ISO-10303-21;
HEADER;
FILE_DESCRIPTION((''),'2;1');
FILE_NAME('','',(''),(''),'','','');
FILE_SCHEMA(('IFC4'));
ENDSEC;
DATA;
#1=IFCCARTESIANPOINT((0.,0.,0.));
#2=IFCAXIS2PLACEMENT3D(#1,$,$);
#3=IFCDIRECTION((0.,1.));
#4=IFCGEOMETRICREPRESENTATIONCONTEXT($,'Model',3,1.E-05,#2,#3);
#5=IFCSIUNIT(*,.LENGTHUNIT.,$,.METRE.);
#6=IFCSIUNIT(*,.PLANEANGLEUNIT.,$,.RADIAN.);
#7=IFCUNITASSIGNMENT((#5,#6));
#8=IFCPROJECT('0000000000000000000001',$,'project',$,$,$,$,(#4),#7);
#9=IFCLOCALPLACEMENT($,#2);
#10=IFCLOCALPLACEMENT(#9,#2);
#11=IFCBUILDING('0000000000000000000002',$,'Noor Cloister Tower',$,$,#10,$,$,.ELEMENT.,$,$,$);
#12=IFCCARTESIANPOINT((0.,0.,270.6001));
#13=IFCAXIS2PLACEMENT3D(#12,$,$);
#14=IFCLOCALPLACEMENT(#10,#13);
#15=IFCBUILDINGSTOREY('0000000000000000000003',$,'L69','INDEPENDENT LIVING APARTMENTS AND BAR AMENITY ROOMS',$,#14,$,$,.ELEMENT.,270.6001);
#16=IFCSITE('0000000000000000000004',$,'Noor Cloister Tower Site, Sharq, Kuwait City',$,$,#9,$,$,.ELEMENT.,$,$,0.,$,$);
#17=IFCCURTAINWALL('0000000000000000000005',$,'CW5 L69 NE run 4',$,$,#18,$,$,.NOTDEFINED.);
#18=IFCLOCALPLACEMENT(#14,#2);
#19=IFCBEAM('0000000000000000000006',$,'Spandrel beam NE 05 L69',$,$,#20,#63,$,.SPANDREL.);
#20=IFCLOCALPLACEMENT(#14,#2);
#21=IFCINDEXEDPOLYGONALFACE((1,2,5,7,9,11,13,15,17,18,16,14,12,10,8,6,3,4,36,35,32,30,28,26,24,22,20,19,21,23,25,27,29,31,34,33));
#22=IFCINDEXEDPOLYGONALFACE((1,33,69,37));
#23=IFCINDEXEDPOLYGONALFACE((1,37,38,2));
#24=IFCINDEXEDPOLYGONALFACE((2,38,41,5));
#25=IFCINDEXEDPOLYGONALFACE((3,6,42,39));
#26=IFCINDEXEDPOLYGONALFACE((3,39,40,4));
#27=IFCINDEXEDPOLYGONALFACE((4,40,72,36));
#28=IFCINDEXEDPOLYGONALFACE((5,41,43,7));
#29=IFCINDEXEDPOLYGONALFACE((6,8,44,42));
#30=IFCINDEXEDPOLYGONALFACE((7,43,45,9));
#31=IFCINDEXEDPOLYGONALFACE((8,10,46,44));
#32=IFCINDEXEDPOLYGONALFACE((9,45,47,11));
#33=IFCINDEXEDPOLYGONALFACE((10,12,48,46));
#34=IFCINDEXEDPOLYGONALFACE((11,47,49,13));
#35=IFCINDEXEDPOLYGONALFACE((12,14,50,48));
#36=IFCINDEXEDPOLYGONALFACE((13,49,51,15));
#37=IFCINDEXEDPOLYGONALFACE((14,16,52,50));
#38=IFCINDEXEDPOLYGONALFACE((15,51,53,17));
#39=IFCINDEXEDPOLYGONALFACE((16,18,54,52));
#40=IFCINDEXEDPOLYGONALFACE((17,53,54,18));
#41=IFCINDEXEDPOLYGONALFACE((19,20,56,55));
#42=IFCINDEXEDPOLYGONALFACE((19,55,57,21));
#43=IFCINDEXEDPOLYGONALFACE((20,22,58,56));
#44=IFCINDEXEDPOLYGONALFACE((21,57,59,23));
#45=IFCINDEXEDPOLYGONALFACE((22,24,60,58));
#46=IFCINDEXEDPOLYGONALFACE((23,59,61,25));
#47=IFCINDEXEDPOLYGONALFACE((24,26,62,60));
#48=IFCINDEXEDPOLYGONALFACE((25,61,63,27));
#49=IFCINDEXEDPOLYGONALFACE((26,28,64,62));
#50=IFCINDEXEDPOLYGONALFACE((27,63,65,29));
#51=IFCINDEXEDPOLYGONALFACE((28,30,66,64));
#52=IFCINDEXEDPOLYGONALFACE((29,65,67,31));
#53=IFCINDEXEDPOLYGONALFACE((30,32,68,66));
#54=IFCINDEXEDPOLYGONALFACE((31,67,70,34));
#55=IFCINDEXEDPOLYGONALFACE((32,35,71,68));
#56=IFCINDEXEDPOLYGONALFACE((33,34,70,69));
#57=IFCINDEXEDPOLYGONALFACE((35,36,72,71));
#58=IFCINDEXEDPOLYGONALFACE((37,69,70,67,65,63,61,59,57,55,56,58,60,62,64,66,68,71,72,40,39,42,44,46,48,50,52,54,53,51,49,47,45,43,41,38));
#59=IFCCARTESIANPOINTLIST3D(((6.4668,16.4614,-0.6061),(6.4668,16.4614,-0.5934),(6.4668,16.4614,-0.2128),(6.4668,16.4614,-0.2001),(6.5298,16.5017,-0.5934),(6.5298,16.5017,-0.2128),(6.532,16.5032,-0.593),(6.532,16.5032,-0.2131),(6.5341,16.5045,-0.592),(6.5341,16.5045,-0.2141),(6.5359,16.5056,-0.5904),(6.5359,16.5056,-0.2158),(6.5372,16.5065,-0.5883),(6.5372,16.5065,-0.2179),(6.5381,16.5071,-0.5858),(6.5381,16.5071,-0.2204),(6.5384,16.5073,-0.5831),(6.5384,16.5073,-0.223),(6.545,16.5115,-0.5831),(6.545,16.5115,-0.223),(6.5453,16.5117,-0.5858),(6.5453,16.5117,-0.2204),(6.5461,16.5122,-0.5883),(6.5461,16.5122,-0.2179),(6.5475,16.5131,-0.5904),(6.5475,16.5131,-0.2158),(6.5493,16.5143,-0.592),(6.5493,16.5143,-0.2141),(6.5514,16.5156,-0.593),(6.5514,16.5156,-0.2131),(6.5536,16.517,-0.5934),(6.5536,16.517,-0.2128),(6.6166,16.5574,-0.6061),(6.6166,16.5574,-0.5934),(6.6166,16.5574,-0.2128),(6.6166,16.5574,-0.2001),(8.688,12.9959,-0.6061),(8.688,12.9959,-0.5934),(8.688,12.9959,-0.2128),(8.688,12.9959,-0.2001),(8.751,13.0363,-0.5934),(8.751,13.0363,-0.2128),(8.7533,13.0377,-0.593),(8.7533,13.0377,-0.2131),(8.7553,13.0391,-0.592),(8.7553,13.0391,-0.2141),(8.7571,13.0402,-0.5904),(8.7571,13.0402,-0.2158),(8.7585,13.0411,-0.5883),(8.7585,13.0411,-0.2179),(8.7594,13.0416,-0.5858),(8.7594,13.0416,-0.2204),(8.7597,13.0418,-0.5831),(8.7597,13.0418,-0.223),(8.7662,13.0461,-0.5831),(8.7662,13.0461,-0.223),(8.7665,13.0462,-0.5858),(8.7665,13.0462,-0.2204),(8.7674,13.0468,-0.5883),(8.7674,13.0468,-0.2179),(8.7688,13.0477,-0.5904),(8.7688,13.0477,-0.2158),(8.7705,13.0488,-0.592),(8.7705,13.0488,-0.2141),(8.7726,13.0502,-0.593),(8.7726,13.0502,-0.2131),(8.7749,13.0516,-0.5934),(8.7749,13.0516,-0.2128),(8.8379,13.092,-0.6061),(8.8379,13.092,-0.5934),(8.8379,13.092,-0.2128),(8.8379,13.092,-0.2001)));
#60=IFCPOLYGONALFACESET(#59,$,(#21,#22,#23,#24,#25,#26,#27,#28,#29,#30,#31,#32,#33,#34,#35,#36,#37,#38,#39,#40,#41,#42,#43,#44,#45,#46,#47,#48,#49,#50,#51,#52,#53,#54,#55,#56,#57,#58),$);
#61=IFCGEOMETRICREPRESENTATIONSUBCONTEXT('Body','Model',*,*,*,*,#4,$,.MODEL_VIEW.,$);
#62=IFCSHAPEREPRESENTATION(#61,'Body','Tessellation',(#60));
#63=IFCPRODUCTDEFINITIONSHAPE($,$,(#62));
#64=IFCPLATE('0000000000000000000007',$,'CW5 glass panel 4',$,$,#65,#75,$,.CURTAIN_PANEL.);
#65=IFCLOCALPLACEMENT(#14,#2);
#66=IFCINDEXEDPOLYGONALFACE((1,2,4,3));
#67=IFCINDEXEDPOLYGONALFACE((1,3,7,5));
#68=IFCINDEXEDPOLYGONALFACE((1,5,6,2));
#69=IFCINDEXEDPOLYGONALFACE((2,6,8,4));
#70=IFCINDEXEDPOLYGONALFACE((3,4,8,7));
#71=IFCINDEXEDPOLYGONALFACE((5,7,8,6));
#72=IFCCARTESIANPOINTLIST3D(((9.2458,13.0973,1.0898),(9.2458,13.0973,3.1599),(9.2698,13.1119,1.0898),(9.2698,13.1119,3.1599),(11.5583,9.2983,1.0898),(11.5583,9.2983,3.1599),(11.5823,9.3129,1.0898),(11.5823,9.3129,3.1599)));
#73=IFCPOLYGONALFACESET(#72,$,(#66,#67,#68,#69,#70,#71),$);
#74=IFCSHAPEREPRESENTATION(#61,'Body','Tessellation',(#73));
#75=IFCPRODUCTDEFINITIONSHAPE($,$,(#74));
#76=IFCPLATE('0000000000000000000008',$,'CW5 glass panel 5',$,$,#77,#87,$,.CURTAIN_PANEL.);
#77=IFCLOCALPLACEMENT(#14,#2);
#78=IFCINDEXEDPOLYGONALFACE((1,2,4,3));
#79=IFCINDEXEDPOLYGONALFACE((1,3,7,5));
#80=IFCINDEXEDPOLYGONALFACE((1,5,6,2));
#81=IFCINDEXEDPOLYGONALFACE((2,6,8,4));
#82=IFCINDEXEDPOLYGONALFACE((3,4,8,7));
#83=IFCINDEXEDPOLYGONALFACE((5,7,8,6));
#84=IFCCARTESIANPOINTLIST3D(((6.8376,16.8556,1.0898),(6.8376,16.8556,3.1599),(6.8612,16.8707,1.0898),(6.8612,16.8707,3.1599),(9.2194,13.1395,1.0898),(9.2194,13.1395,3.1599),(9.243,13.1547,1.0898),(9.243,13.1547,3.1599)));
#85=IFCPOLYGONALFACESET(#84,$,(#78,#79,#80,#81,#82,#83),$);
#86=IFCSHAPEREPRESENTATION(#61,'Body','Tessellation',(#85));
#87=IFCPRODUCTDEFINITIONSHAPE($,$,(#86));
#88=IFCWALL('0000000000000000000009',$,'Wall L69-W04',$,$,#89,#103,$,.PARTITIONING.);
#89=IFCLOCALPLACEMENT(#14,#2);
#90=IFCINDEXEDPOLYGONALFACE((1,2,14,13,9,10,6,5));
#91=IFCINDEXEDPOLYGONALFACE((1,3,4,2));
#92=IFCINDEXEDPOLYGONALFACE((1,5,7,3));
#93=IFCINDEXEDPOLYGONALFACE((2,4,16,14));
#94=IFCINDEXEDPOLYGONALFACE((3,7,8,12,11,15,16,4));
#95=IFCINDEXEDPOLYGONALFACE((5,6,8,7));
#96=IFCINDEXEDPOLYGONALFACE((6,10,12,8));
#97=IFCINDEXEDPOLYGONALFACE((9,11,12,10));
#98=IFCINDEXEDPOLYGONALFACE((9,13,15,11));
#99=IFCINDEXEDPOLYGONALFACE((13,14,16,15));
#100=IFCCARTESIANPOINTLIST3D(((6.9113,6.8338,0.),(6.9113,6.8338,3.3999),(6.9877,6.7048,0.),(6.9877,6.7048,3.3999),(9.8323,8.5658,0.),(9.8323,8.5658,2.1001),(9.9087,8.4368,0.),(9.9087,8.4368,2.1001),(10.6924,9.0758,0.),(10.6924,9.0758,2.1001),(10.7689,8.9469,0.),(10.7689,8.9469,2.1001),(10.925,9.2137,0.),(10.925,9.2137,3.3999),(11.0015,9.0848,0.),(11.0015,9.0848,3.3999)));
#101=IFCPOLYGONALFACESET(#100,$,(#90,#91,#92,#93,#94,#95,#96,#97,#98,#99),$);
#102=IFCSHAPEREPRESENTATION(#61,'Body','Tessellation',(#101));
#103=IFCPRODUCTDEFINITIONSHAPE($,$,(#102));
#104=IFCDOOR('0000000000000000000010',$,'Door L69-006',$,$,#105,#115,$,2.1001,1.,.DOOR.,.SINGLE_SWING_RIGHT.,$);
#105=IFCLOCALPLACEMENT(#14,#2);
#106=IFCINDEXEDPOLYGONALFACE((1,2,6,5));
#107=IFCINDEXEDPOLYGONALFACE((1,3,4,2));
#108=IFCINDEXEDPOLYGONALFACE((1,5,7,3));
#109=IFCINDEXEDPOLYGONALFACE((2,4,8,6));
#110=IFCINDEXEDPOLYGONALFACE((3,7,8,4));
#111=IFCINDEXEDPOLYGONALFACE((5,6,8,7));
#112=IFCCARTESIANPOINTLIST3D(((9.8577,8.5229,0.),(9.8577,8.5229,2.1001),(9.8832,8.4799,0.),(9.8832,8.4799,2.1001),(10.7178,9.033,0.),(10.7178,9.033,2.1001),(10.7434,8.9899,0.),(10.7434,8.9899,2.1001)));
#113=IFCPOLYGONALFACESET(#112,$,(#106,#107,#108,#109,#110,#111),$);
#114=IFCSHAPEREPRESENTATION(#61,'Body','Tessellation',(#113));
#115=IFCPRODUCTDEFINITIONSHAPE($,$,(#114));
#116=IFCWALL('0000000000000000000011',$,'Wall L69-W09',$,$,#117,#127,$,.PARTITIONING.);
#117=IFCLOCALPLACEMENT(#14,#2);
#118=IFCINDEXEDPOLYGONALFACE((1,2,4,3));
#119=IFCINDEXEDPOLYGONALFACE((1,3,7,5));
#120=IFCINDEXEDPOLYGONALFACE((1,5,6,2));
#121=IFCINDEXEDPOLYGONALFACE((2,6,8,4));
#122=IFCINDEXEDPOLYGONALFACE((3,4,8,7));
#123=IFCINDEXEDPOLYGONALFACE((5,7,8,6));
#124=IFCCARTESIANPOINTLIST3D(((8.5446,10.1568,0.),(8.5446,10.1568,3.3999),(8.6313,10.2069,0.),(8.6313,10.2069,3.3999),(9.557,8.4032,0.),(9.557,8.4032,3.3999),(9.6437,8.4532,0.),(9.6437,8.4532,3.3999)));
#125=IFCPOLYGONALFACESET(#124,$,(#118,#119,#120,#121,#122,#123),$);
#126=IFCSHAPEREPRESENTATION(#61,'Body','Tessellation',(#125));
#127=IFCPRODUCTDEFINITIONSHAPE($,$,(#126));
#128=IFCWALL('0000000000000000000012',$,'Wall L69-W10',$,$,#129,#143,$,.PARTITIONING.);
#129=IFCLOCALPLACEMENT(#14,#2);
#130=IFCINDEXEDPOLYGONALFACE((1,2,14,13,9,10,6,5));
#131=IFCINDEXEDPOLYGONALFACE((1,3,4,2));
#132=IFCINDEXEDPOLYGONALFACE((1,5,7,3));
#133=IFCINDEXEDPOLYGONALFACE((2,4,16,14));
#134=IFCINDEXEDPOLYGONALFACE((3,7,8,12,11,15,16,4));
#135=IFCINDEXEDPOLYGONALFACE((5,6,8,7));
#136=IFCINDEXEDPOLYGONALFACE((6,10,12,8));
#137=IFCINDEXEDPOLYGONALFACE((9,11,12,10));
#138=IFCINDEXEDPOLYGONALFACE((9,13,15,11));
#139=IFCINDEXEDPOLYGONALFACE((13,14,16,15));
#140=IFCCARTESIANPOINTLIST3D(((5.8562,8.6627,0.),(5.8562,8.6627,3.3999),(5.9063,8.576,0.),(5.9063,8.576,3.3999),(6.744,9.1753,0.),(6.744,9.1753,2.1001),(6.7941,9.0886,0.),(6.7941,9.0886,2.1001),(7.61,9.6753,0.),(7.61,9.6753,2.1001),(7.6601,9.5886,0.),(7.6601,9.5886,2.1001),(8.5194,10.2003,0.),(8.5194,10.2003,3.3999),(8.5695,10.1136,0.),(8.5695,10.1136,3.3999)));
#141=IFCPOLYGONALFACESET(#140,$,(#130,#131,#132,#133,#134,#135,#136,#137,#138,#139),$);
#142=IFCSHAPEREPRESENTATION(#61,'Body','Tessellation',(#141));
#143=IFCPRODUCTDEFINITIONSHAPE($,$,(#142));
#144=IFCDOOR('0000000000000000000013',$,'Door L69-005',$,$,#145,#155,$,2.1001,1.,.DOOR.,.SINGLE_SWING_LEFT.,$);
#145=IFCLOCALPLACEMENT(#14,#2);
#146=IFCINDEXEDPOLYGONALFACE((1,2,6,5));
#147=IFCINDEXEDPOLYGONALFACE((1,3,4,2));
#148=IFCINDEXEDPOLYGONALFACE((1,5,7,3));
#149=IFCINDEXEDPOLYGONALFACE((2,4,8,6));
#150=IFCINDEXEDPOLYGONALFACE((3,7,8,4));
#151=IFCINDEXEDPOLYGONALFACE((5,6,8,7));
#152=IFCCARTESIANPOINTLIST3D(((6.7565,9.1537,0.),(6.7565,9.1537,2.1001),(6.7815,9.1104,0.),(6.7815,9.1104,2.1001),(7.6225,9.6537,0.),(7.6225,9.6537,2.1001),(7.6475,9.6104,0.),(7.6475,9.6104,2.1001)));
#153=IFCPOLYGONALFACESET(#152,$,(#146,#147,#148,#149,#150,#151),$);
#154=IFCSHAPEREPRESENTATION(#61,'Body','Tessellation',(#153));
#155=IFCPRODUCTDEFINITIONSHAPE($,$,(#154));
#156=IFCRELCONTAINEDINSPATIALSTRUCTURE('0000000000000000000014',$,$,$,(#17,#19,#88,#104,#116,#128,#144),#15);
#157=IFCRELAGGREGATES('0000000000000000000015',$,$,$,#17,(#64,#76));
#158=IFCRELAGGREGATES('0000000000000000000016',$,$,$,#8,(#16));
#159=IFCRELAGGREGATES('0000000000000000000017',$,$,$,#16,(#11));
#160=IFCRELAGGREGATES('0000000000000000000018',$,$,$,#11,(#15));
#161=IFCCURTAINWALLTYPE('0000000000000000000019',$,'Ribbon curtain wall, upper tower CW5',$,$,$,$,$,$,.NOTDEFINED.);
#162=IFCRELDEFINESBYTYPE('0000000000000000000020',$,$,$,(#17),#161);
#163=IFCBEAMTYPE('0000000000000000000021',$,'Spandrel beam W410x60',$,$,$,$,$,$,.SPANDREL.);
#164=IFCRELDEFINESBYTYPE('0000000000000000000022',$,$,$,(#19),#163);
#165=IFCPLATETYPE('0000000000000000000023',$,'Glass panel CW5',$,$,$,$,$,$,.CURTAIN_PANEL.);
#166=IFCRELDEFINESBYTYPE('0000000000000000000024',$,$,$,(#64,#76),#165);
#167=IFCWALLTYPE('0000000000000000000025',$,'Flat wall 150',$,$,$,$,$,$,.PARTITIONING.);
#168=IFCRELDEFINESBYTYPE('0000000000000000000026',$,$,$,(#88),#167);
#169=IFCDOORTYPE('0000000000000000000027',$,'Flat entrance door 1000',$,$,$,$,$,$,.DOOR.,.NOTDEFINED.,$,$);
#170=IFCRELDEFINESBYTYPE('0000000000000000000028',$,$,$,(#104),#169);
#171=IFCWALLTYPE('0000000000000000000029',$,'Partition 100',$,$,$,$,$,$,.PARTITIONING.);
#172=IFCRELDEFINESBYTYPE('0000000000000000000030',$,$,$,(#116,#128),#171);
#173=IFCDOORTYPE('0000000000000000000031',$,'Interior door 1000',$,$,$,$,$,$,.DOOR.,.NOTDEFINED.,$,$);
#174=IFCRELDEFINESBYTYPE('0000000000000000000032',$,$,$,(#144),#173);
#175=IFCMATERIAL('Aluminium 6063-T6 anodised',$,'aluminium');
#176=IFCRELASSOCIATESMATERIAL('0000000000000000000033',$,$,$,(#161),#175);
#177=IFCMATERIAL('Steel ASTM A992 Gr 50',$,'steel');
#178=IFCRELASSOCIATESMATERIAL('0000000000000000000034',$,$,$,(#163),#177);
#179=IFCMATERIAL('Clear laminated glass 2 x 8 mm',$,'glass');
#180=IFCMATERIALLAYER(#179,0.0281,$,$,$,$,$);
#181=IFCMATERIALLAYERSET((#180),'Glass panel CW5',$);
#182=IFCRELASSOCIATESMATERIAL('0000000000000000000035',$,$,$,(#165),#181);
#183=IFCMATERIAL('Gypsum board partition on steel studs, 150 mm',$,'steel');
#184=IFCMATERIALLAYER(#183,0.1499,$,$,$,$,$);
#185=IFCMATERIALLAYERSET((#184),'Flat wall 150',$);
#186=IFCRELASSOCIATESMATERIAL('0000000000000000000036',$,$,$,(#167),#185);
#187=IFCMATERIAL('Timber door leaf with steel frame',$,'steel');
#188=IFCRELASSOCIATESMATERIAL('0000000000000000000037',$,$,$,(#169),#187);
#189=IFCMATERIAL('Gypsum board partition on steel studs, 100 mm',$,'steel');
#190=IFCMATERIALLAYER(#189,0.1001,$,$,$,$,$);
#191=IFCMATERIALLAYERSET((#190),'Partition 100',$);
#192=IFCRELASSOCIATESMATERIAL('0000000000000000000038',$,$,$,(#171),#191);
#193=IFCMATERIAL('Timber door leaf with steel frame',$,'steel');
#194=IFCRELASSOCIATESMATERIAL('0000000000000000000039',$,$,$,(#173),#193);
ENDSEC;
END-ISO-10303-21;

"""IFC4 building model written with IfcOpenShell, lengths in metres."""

from ifc_helpers import new_model, si_unit, direction, frame, frame_2d, origin, origin_2d, place, context, subcontext, project, spatial, rectangle, i_section, extrude, material, layer, layer_set, material_profile, profile_set, type_object, element, fill, aggregate, save


model = new_model("IFC4")

# Units and contexts
model_context = context("Model", 3, precision=1e-05, world=origin(), true_north=direction((0.0, 1.0)))
body_context = subcontext(model_context, "Body", "Model", "MODEL_VIEW")
ifc_project = project(units=[si_unit("LENGTHUNIT", "METRE"), si_unit("PLANEANGLEUNIT", "RADIAN")], contexts=[model_context])

# Site, building, storey
site_placement = place(None, origin())
site = spatial("IfcSite", under=ifc_project, at=site_placement, Name="Noor Cloister Tower Site, Sharq, Kuwait City", CompositionType="ELEMENT", RefElevation=0.0)
building_placement = place(site_placement, origin())
building = spatial("IfcBuilding", under=site, at=building_placement, Name="Noor Cloister Tower", CompositionType="ELEMENT")
storey_placement = place(building_placement, frame((0.0, 0.0, 270.6001)))
storey = spatial("IfcBuildingStorey", under=building, at=storey_placement, Name="L69", Description="INDEPENDENT LIVING APARTMENTS AND BAR AMENITY ROOMS", CompositionType="ELEMENT", Elevation=270.6001)

# Curtain wall
ifc_material_1 = material(Name="Aluminium 6063-T6 anodised", Category="aluminium")
curtain_wall_type = type_object("IfcCurtainWallType", Name="Ribbon curtain wall, upper tower CW5", PredefinedType="NOTDEFINED", material=ifc_material_1)
curtain_wall_placement = place(storey_placement, origin())
curtain_wall = element("IfcCurtainWall", 1, at=curtain_wall_placement, inside=storey, type_object=curtain_wall_type, Name="CW5 L69 NE run 4", PredefinedType="NOTDEFINED")

# Beam
ifc_material_2 = material(Name="Steel ASTM A992 Gr 50", Category="steel")
ifc_material_profile_1 = material_profile(ifc_material_2, i_section(OverallWidth=0.178, OverallDepth=0.406, WebThickness=0.0078, FlangeThickness=0.0127, FilletRadius=0.0103, at=origin_2d()), Name="W410x60")
ifc_profile_set_1 = profile_set([ifc_material_profile_1], Name="Steel ASTM A992 Gr 50")
beam_type_1 = type_object("IfcBeamType", Name="Spandrel beam W410x60", PredefinedType="SPANDREL", material=ifc_profile_set_1)
for number, where, z_axis, x_axis, name in (
    (2, (8.7629, 13.0439, -0.4031), (-0.539636, 0.841898, 0.0), (-0.841898, -0.539636, 0.0), "Spandrel beam NE 05 L69"),
):
    element("IfcBeam", number, at=place(storey_placement, frame(where, z_axis=z_axis, x_axis=x_axis)), inside=storey, type_object=beam_type_1, Name=name, PredefinedType="SPANDREL", context=body_context, shape_type="SweptSolid", body=[
        extrude(i_section(OverallWidth=0.178, OverallDepth=0.406, WebThickness=0.0078, FlangeThickness=0.0127, FilletRadius=0.0103, at=origin_2d()), origin(), (0.0, 0.0, 1.0), 4.1162),
    ])

# Plates
ifc_material_3 = material(Name="Clear laminated glass 2 x 8 mm", Category="glass")
ifc_layer_1 = layer(ifc_material_3, 0.0281)
ifc_layer_set_1 = layer_set([ifc_layer_1], Name="Glass panel CW5")
plate_type = type_object("IfcPlateType", Name="Glass panel CW5", PredefinedType="CURTAIN_PANEL", material=ifc_layer_set_1)
plate_1_placement = place(storey_placement, frame((10.4141, 11.2051, 1.0898), z_axis=(0.0, 0.0, 1.0), x_axis=(-0.519949, 0.854197, 0.0)))
plate_1 = element("IfcPlate", 3, at=plate_1_placement, type_object=plate_type, Name="CW5 glass panel 4", PredefinedType="CURTAIN_PANEL", context=body_context, shape_type="SweptSolid", body=[
    extrude(rectangle(XDim=4.4475, YDim=0.0281, at=origin_2d()), origin(), (0.0, 0.0, 1.0), 2.0701),
])
plate_2_placement = place(storey_placement, frame((8.0403, 15.0051, 1.0898), z_axis=(0.0, 0.0, 1.0), x_axis=(-0.539618, 0.84191, 0.0)))
plate_2 = element("IfcPlate", 4, at=plate_2_placement, type_object=plate_type, Name="CW5 glass panel 5", PredefinedType="CURTAIN_PANEL", context=body_context, shape_type="SweptSolid", body=[
    extrude(rectangle(XDim=4.4138, YDim=0.0281, at=origin_2d()), origin(), (0.0, 0.0, 1.0), 2.0701),
])
aggregate(curtain_wall, [plate_1, plate_2])

# Wall, opening, door
ifc_material_4 = material(Name="Gypsum board partition on steel studs, 150 mm", Category="steel")
ifc_layer_2 = layer(ifc_material_4, 0.1499)
ifc_layer_set_2 = layer_set([ifc_layer_2], Name="Flat wall 150")
wall_type_1 = type_object("IfcWallType", Name="Flat wall 150", PredefinedType="PARTITIONING", material=ifc_layer_set_2)
wall_1_placement = place(storey_placement, frame((10.9631, 9.1492, 0.0), z_axis=(0.0, 0.0, 1.0), x_axis=(-0.860159, -0.510026, 0.0)))
wall_1 = element("IfcWall", 5, at=wall_1_placement, inside=storey, type_object=wall_type_1, Name="Wall L69-W04", PredefinedType="PARTITIONING", context=body_context, shape_type="SweptSolid", body=[
    extrude(rectangle(XDim=4.6663, YDim=0.1499, at=frame_2d((2.333, 0.0))), origin(), (0.0, 0.0, 1.0), 3.3999),
])
opening_1_placement = place(wall_1_placement, frame((0.2703, 0.0, 0.0)))
opening_1 = element("IfcOpeningElement", 6, at=opening_1_placement, cuts=wall_1, PredefinedType="OPENING", context=body_context, shape_type="SweptSolid", body=[
    extrude(rectangle(XDim=1.0, YDim=2.1001, at=frame_2d((0.5, 1.05))), frame((0.0, 0.085, 0.0), z_axis=(0.0, -1.0, 0.0), x_axis=(1.0, 0.0, 0.0)), (0.0, 0.0, 1.0), 0.1699),
])
ifc_material_5 = material(Name="Timber door leaf with steel frame", Category="steel")
door_type_1 = type_object("IfcDoorType", Name="Flat entrance door 1000", OperationType="NOTDEFINED", PredefinedType="DOOR", material=ifc_material_5)
door_1_placement = place(opening_1_placement, origin())
door_1 = element("IfcDoor", 7, at=door_1_placement, inside=storey, type_object=door_type_1, Name="Door L69-006", OperationType="SINGLE_SWING_RIGHT", OverallHeight=2.1001, OverallWidth=1.0, PredefinedType="DOOR", context=body_context, shape_type="SweptSolid", body=[
    extrude(rectangle(XDim=1.0, YDim=2.1001, at=frame_2d((0.5, 1.05))), frame((0.0, 0.0249, 0.0), z_axis=(0.0, -1.0, 0.0), x_axis=(1.0, 0.0, 0.0)), (0.0, 0.0, 1.0), 0.05),
])
fill(opening_1, door_1)

# Wall
ifc_material_6 = material(Name="Gypsum board partition on steel studs, 100 mm", Category="steel")
ifc_layer_3 = layer(ifc_material_6, 0.1001)
ifc_layer_set_3 = layer_set([ifc_layer_3], Name="Partition 100")
wall_type_2 = type_object("IfcWallType", Name="Partition 100", PredefinedType="PARTITIONING", material=ifc_layer_set_3)
wall_2_placement = place(storey_placement, frame((9.6003, 8.4282, 0.0), z_axis=(0.0, 0.0, 1.0), x_axis=(-0.49999, 0.866031, 0.0)))
element("IfcWall", 8, at=wall_2_placement, inside=storey, type_object=wall_type_2, Name="Wall L69-W09", PredefinedType="PARTITIONING", context=body_context, shape_type="SweptSolid", body=[
    extrude(rectangle(XDim=2.0249, YDim=0.1001, at=frame_2d((1.0125, 0.0))), origin(), (0.0, 0.0, 1.0), 3.3999),
])

# Wall, opening, door
wall_3_placement = place(storey_placement, frame((8.5444, 10.157, 0.0), z_axis=(0.0, 0.0, 1.0), x_axis=(-0.866016, -0.500016, 0.0)))
wall_3 = element("IfcWall", 9, at=wall_3_placement, inside=storey, type_object=wall_type_2, Name="Wall L69-W10", PredefinedType="PARTITIONING", context=body_context, shape_type="SweptSolid", body=[
    extrude(rectangle(XDim=3.0752, YDim=0.1001, at=frame_2d((1.5376, 0.0))), origin(), (0.0, 0.0, 1.0), 3.3999),
])
opening_2_placement = place(wall_3_placement, frame((1.05, 0.0, 0.0)))
opening_2 = element("IfcOpeningElement", 10, at=opening_2_placement, cuts=wall_3, PredefinedType="OPENING", context=body_context, shape_type="SweptSolid", body=[
    extrude(rectangle(XDim=1.0, YDim=2.1001, at=frame_2d((0.5, 1.05))), frame((0.0, 0.0601, 0.0), z_axis=(0.0, -1.0, 0.0), x_axis=(1.0, 0.0, 0.0)), (0.0, 0.0, 1.0), 0.1201),
])
ifc_material_7 = material(Name="Timber door leaf with steel frame", Category="steel")
door_type_2 = type_object("IfcDoorType", Name="Interior door 1000", OperationType="NOTDEFINED", PredefinedType="DOOR", material=ifc_material_7)
door_2_placement = place(opening_2_placement, origin())
door_2 = element("IfcDoor", 11, at=door_2_placement, inside=storey, type_object=door_type_2, Name="Door L69-005", OperationType="SINGLE_SWING_LEFT", OverallHeight=2.1001, OverallWidth=1.0, PredefinedType="DOOR", context=body_context, shape_type="SweptSolid", body=[
    extrude(rectangle(XDim=1.0, YDim=2.1001, at=frame_2d((0.5, 1.05))), frame((0.0, 0.0249, 0.0), z_axis=(0.0, -1.0, 0.0), x_axis=(1.0, 0.0, 0.0)), (0.0, 0.0, 1.0), 0.05),
])
fill(opening_2, door_2)

save(model, "model.ifc")
